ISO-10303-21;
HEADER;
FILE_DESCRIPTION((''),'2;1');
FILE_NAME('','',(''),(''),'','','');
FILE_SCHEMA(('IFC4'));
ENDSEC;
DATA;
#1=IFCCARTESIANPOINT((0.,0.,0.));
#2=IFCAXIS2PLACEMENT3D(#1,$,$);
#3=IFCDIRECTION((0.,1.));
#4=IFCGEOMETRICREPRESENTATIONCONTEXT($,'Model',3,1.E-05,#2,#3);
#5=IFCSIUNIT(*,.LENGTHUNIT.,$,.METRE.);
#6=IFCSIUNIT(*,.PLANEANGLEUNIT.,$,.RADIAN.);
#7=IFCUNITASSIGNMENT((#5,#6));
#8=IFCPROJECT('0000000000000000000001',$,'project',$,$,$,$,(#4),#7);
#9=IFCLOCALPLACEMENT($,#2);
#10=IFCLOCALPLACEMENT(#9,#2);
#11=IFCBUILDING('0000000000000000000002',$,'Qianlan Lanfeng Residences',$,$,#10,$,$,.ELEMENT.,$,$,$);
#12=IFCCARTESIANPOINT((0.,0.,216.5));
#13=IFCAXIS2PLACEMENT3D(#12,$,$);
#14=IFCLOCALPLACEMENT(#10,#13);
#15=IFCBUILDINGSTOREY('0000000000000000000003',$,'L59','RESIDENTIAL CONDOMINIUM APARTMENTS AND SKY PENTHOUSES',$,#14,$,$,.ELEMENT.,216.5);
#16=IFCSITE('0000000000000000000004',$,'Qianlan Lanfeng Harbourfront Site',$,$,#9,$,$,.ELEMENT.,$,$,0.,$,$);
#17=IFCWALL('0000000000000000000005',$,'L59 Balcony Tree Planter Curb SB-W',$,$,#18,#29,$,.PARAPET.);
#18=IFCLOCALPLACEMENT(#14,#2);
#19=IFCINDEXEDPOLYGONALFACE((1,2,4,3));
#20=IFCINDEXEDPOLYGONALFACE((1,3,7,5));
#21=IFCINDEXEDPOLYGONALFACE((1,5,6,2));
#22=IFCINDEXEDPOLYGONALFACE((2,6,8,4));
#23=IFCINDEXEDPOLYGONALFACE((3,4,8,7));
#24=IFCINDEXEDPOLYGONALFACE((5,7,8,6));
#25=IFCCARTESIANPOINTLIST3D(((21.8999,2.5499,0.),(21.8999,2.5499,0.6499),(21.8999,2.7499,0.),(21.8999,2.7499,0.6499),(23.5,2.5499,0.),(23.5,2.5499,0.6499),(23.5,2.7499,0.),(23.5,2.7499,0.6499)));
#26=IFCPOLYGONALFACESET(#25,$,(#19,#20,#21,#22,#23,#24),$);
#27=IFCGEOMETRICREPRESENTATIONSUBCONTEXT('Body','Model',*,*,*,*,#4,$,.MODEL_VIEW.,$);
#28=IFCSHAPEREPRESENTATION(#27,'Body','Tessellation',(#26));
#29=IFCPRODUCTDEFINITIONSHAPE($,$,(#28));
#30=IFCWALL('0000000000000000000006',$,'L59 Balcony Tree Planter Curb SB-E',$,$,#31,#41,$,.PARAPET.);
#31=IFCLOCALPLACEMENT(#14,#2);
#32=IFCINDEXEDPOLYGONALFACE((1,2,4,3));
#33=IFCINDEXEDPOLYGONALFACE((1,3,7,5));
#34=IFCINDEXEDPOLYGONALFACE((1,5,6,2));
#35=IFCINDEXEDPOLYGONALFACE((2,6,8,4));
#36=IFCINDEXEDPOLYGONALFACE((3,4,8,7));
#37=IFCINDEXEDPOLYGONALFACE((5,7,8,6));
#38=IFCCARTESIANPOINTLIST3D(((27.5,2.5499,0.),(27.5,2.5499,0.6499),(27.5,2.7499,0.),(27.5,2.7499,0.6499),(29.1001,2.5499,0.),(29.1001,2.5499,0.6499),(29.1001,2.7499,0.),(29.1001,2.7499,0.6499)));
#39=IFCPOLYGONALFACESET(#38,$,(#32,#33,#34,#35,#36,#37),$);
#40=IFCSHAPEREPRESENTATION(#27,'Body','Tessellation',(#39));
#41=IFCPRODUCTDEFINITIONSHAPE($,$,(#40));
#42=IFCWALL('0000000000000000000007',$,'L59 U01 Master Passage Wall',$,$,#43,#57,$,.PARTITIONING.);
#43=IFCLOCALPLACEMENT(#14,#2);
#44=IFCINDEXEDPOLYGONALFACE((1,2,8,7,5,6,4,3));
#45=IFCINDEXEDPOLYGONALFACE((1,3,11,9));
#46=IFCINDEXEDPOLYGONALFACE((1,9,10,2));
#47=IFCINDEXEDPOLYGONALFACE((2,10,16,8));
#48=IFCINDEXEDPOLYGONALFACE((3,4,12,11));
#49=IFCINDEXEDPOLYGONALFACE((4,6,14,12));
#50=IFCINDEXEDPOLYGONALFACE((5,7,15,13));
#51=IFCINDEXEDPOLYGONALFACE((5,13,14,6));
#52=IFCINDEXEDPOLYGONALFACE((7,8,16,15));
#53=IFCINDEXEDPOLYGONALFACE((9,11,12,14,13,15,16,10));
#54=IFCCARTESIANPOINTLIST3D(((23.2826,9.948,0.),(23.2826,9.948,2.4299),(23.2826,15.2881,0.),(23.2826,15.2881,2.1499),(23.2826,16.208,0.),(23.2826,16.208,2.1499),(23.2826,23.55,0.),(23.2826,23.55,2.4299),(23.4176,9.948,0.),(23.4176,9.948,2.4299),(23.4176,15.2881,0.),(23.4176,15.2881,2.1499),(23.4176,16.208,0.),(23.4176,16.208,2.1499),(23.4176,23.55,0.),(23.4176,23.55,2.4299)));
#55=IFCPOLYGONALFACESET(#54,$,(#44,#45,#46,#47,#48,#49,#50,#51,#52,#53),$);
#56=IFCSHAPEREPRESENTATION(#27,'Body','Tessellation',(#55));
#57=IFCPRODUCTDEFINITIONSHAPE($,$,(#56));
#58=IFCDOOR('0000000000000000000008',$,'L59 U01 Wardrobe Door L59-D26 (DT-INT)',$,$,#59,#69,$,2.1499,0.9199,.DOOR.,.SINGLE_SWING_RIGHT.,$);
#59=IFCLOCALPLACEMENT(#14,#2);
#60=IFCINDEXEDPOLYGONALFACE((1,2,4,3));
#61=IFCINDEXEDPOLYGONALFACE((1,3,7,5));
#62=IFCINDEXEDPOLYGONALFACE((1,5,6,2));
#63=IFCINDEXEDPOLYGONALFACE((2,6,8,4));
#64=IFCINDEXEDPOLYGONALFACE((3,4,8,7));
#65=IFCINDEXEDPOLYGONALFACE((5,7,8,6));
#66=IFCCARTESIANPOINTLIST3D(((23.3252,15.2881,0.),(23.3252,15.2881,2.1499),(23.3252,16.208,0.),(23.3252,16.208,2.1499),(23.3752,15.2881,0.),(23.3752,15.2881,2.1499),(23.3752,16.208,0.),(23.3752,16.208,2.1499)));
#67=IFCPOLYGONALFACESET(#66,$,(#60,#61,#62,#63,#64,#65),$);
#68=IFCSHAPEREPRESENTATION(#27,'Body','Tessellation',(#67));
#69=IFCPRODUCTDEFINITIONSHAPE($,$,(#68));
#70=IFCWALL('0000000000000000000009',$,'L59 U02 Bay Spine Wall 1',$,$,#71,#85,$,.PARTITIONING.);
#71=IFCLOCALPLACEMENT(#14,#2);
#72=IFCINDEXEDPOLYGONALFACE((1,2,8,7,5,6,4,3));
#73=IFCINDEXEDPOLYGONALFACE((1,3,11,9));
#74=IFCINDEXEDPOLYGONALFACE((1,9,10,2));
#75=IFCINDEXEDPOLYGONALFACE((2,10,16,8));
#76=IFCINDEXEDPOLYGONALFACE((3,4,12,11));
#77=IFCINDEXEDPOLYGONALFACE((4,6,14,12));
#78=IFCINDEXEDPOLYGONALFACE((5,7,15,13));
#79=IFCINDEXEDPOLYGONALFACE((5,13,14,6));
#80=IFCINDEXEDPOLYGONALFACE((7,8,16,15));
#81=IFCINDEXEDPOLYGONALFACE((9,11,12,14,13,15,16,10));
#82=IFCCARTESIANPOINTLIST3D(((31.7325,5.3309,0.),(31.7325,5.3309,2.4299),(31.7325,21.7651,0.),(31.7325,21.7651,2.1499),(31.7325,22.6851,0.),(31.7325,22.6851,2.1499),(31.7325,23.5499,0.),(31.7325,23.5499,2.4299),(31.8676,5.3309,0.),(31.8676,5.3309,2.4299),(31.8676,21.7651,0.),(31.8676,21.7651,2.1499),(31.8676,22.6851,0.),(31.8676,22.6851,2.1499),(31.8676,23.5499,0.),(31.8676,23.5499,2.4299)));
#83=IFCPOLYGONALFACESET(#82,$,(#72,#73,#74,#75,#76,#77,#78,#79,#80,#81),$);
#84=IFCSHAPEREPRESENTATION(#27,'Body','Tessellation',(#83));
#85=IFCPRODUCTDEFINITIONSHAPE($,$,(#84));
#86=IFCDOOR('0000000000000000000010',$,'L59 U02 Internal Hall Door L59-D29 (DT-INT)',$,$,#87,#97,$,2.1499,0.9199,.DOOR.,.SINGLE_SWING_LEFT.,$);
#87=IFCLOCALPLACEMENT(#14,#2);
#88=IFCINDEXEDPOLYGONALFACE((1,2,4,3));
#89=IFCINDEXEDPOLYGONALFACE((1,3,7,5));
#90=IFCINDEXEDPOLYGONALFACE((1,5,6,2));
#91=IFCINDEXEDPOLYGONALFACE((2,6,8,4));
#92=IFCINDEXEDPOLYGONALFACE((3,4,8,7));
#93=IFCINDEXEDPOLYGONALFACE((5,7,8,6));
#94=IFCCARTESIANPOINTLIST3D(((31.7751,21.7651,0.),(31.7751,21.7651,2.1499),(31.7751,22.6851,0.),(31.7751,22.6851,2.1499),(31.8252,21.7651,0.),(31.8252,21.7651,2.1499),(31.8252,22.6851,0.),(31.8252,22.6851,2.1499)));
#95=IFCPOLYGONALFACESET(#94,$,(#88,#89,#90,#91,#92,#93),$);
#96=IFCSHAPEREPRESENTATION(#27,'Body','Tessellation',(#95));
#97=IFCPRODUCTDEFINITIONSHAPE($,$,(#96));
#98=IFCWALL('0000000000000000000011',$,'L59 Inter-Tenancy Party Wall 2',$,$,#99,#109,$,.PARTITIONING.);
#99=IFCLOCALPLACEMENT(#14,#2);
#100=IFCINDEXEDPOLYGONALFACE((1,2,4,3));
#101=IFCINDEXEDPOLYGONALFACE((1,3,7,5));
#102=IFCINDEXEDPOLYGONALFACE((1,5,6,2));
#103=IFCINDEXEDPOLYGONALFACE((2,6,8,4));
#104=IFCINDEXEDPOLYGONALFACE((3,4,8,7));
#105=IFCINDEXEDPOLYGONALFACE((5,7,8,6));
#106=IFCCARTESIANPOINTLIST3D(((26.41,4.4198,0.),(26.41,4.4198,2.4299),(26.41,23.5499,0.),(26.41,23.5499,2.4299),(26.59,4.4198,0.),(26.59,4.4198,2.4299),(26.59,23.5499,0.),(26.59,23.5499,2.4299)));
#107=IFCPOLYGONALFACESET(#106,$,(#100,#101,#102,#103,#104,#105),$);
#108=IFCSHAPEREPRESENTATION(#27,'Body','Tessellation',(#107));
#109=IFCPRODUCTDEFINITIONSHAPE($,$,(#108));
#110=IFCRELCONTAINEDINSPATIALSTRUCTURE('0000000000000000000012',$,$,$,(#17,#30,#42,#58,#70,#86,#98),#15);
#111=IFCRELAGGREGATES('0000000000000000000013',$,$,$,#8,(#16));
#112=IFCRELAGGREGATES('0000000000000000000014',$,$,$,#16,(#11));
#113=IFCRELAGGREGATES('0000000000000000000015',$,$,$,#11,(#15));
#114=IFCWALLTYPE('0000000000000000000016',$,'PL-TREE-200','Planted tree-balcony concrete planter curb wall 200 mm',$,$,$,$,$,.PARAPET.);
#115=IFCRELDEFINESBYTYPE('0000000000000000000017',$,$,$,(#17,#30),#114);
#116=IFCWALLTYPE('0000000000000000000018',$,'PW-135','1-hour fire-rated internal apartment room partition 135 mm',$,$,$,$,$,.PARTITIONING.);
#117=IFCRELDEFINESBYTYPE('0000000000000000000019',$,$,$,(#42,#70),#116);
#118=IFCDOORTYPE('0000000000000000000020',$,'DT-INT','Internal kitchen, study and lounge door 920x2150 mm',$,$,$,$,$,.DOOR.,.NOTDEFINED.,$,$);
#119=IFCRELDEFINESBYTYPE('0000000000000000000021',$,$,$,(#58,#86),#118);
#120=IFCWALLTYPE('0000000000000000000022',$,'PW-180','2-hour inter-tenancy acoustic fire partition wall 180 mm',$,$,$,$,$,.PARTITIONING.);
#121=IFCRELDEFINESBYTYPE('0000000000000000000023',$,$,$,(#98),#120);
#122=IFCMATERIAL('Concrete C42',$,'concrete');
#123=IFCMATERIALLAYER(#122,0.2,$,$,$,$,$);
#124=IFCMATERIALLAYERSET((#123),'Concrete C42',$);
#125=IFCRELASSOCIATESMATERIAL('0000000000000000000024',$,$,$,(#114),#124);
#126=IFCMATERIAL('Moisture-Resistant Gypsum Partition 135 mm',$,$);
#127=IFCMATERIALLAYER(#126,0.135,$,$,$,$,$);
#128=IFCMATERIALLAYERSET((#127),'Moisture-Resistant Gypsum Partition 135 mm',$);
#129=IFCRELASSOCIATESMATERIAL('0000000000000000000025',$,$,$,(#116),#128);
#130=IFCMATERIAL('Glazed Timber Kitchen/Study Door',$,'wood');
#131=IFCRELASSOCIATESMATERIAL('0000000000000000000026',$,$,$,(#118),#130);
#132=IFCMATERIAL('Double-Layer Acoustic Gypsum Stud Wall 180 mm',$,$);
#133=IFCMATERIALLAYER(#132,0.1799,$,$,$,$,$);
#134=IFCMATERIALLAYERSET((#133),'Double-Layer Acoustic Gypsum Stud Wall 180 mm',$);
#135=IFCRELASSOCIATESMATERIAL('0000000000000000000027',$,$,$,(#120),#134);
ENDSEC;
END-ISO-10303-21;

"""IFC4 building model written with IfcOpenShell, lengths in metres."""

from ifc_helpers import new_model, si_unit, direction, frame, frame_2d, origin, place, context, subcontext, project, spatial, rectangle, extrude, material, layer, layer_set, type_object, element, fill, save


model = new_model("IFC4")

# Units and contexts
model_context = context("Model", 3, precision=1e-05, world=origin(), true_north=direction((0.0, 1.0)))
body_context = subcontext(model_context, "Body", "Model", "MODEL_VIEW")
ifc_project = project(units=[si_unit("LENGTHUNIT", "METRE"), si_unit("PLANEANGLEUNIT", "RADIAN")], contexts=[model_context])

# Site, building, storey
site_placement = place(None, origin())
site = spatial("IfcSite", under=ifc_project, at=site_placement, Name="Qianlan Lanfeng Harbourfront Site", CompositionType="ELEMENT", RefElevation=0.0)
building_placement = place(site_placement, origin())
building = spatial("IfcBuilding", under=site, at=building_placement, Name="Qianlan Lanfeng Residences", CompositionType="ELEMENT")
storey_placement = place(building_placement, frame((0.0, 0.0, 216.5)))
storey = spatial("IfcBuildingStorey", under=building, at=storey_placement, Name="L59", Description="RESIDENTIAL CONDOMINIUM APARTMENTS AND SKY PENTHOUSES", CompositionType="ELEMENT", Elevation=216.5)

# Shared definitions
ifc_material_1 = material(Name="Concrete C42", Category="concrete")

# Walls
ifc_layer_1 = layer(ifc_material_1, 0.2)
ifc_layer_set_1 = layer_set([ifc_layer_1], Name="Concrete C42")
wall_type_1 = type_object("IfcWallType", Name="PL-TREE-200", Description="Planted tree-balcony concrete planter curb wall 200 mm", PredefinedType="PARAPET", material=ifc_layer_set_1)
for number, where, z_axis, x_axis, name in (
    (1, (21.8999, 2.6499, 0.0), (0.0, 0.0, 1.0), (1.0, 0.0, 0.0), "L59 Balcony Tree Planter Curb SB-W"),
    (2, (27.5, 2.6499, 0.0), (0.0, 0.0, 1.0), (1.0, 0.0, 0.0), "L59 Balcony Tree Planter Curb SB-E"),
):
    element("IfcWall", number, at=place(storey_placement, frame(where, z_axis=z_axis, x_axis=x_axis)), inside=storey, type_object=wall_type_1, Name=name, PredefinedType="PARAPET", context=body_context, shape_type="SweptSolid", body=[
        extrude(rectangle(XDim=1.6001, YDim=0.2, at=frame_2d((0.8, 0.0))), origin(), (0.0, 0.0, 1.0), 0.6499),
    ])

# Walls, openings, doors
ifc_material_2 = material(Name="Moisture-Resistant Gypsum Partition 135 mm")
ifc_layer_2 = layer(ifc_material_2, 0.135)
ifc_layer_set_2 = layer_set([ifc_layer_2], Name="Moisture-Resistant Gypsum Partition 135 mm")
wall_type_2 = type_object("IfcWallType", Name="PW-135", Description="1-hour fire-rated internal apartment room partition 135 mm", PredefinedType="PARTITIONING", material=ifc_layer_set_2)
wall_1_placement = place(storey_placement, frame((23.3501, 9.948, 0.0), z_axis=(0.0, 0.0, 1.0), x_axis=(0.0, 1.0, 0.0)))
wall_1 = element("IfcWall", 3, at=wall_1_placement, inside=storey, type_object=wall_type_2, Name="L59 U01 Master Passage Wall", PredefinedType="PARTITIONING", context=body_context, shape_type="SweptSolid", body=[
    extrude(rectangle(XDim=13.6021, YDim=0.135, at=frame_2d((6.801, 0.0))), origin(), (0.0, 0.0, 1.0), 2.4299),
])
opening_1_placement = place(wall_1_placement, frame((5.3401, 0.0, 0.0)))
opening_1 = element("IfcOpeningElement", 4, at=opening_1_placement, cuts=wall_1, PredefinedType="OPENING", context=body_context, shape_type="SweptSolid", body=[
    extrude(rectangle(XDim=0.9199, YDim=2.1499, at=frame_2d((0.46, 1.075))), frame((0.0, 0.0776, 0.0), z_axis=(0.0, -1.0, 0.0), x_axis=(1.0, 0.0, 0.0)), (0.0, 0.0, 1.0), 0.155),
])
ifc_material_3 = material(Name="Glazed Timber Kitchen/Study Door", Category="wood")
door_type_1 = type_object("IfcDoorType", Name="DT-INT", Description="Internal kitchen, study and lounge door 920x2150 mm", OperationType="NOTDEFINED", PredefinedType="DOOR", material=ifc_material_3)
door_1_placement = place(opening_1_placement, origin())
door_1 = element("IfcDoor", 5, at=door_1_placement, inside=storey, type_object=door_type_1, Name="L59 U01 Wardrobe Door L59-D26 (DT-INT)", OperationType="SINGLE_SWING_RIGHT", OverallHeight=2.1499, OverallWidth=0.9199, PredefinedType="DOOR", context=body_context, shape_type="SweptSolid", body=[
    extrude(rectangle(XDim=0.9199, YDim=2.1499, at=frame_2d((0.46, 1.075))), frame((0.0, 0.0249, 0.0), z_axis=(0.0, -1.0, 0.0), x_axis=(1.0, 0.0, 0.0)), (0.0, 0.0, 1.0), 0.05),
])
fill(opening_1, door_1)
wall_2_placement = place(storey_placement, frame((31.8, 5.3311, 0.0), z_axis=(0.0, 0.0, 1.0), x_axis=(0.0, 1.0, 0.0)))
wall_2 = element("IfcWall", 6, at=wall_2_placement, inside=storey, type_object=wall_type_2, Name="L59 U02 Bay Spine Wall 1", PredefinedType="PARTITIONING", context=body_context, shape_type="SweptSolid", body=[
    extrude(rectangle(XDim=18.219, YDim=0.135, at=frame_2d((9.1094, 0.0))), origin(), (0.0, 0.0, 1.0), 2.4299),
])
opening_2_placement = place(wall_2_placement, frame((16.4341, 0.0, 0.0)))
opening_2 = element("IfcOpeningElement", 7, at=opening_2_placement, cuts=wall_2, PredefinedType="OPENING", context=body_context, shape_type="SweptSolid", body=[
    extrude(rectangle(XDim=0.9199, YDim=2.1499, at=frame_2d((0.46, 1.075))), frame((0.0, 0.0776, 0.0), z_axis=(0.0, -1.0, 0.0), x_axis=(1.0, 0.0, 0.0)), (0.0, 0.0, 1.0), 0.155),
])
door_2_placement = place(opening_2_placement, origin())
door_2 = element("IfcDoor", 8, at=door_2_placement, inside=storey, type_object=door_type_1, Name="L59 U02 Internal Hall Door L59-D29 (DT-INT)", OperationType="SINGLE_SWING_LEFT", OverallHeight=2.1499, OverallWidth=0.9199, PredefinedType="DOOR", context=body_context, shape_type="SweptSolid", body=[
    extrude(rectangle(XDim=0.9199, YDim=2.1499, at=frame_2d((0.46, 1.075))), frame((0.0, 0.0249, 0.0), z_axis=(0.0, -1.0, 0.0), x_axis=(1.0, 0.0, 0.0)), (0.0, 0.0, 1.0), 0.05),
])
fill(opening_2, door_2)

# Wall
ifc_material_4 = material(Name="Double-Layer Acoustic Gypsum Stud Wall 180 mm")
ifc_layer_3 = layer(ifc_material_4, 0.1799)
ifc_layer_set_3 = layer_set([ifc_layer_3], Name="Double-Layer Acoustic Gypsum Stud Wall 180 mm")
wall_type_3 = type_object("IfcWallType", Name="PW-180", Description="2-hour inter-tenancy acoustic fire partition wall 180 mm", PredefinedType="PARTITIONING", material=ifc_layer_set_3)
wall_3_placement = place(storey_placement, frame((26.5, 4.4199, 0.0), z_axis=(0.0, 0.0, 1.0), x_axis=(0.0, 1.0, 0.0)))
element("IfcWall", 9, at=wall_3_placement, inside=storey, type_object=wall_type_3, Name="L59 Inter-Tenancy Party Wall 2", PredefinedType="PARTITIONING", context=body_context, shape_type="SweptSolid", body=[
    extrude(rectangle(XDim=19.1301, YDim=0.1799, at=frame_2d((9.5649, 0.0))), origin(), (0.0, 0.0, 1.0), 2.4299),
])

save(model, "model.ifc")
